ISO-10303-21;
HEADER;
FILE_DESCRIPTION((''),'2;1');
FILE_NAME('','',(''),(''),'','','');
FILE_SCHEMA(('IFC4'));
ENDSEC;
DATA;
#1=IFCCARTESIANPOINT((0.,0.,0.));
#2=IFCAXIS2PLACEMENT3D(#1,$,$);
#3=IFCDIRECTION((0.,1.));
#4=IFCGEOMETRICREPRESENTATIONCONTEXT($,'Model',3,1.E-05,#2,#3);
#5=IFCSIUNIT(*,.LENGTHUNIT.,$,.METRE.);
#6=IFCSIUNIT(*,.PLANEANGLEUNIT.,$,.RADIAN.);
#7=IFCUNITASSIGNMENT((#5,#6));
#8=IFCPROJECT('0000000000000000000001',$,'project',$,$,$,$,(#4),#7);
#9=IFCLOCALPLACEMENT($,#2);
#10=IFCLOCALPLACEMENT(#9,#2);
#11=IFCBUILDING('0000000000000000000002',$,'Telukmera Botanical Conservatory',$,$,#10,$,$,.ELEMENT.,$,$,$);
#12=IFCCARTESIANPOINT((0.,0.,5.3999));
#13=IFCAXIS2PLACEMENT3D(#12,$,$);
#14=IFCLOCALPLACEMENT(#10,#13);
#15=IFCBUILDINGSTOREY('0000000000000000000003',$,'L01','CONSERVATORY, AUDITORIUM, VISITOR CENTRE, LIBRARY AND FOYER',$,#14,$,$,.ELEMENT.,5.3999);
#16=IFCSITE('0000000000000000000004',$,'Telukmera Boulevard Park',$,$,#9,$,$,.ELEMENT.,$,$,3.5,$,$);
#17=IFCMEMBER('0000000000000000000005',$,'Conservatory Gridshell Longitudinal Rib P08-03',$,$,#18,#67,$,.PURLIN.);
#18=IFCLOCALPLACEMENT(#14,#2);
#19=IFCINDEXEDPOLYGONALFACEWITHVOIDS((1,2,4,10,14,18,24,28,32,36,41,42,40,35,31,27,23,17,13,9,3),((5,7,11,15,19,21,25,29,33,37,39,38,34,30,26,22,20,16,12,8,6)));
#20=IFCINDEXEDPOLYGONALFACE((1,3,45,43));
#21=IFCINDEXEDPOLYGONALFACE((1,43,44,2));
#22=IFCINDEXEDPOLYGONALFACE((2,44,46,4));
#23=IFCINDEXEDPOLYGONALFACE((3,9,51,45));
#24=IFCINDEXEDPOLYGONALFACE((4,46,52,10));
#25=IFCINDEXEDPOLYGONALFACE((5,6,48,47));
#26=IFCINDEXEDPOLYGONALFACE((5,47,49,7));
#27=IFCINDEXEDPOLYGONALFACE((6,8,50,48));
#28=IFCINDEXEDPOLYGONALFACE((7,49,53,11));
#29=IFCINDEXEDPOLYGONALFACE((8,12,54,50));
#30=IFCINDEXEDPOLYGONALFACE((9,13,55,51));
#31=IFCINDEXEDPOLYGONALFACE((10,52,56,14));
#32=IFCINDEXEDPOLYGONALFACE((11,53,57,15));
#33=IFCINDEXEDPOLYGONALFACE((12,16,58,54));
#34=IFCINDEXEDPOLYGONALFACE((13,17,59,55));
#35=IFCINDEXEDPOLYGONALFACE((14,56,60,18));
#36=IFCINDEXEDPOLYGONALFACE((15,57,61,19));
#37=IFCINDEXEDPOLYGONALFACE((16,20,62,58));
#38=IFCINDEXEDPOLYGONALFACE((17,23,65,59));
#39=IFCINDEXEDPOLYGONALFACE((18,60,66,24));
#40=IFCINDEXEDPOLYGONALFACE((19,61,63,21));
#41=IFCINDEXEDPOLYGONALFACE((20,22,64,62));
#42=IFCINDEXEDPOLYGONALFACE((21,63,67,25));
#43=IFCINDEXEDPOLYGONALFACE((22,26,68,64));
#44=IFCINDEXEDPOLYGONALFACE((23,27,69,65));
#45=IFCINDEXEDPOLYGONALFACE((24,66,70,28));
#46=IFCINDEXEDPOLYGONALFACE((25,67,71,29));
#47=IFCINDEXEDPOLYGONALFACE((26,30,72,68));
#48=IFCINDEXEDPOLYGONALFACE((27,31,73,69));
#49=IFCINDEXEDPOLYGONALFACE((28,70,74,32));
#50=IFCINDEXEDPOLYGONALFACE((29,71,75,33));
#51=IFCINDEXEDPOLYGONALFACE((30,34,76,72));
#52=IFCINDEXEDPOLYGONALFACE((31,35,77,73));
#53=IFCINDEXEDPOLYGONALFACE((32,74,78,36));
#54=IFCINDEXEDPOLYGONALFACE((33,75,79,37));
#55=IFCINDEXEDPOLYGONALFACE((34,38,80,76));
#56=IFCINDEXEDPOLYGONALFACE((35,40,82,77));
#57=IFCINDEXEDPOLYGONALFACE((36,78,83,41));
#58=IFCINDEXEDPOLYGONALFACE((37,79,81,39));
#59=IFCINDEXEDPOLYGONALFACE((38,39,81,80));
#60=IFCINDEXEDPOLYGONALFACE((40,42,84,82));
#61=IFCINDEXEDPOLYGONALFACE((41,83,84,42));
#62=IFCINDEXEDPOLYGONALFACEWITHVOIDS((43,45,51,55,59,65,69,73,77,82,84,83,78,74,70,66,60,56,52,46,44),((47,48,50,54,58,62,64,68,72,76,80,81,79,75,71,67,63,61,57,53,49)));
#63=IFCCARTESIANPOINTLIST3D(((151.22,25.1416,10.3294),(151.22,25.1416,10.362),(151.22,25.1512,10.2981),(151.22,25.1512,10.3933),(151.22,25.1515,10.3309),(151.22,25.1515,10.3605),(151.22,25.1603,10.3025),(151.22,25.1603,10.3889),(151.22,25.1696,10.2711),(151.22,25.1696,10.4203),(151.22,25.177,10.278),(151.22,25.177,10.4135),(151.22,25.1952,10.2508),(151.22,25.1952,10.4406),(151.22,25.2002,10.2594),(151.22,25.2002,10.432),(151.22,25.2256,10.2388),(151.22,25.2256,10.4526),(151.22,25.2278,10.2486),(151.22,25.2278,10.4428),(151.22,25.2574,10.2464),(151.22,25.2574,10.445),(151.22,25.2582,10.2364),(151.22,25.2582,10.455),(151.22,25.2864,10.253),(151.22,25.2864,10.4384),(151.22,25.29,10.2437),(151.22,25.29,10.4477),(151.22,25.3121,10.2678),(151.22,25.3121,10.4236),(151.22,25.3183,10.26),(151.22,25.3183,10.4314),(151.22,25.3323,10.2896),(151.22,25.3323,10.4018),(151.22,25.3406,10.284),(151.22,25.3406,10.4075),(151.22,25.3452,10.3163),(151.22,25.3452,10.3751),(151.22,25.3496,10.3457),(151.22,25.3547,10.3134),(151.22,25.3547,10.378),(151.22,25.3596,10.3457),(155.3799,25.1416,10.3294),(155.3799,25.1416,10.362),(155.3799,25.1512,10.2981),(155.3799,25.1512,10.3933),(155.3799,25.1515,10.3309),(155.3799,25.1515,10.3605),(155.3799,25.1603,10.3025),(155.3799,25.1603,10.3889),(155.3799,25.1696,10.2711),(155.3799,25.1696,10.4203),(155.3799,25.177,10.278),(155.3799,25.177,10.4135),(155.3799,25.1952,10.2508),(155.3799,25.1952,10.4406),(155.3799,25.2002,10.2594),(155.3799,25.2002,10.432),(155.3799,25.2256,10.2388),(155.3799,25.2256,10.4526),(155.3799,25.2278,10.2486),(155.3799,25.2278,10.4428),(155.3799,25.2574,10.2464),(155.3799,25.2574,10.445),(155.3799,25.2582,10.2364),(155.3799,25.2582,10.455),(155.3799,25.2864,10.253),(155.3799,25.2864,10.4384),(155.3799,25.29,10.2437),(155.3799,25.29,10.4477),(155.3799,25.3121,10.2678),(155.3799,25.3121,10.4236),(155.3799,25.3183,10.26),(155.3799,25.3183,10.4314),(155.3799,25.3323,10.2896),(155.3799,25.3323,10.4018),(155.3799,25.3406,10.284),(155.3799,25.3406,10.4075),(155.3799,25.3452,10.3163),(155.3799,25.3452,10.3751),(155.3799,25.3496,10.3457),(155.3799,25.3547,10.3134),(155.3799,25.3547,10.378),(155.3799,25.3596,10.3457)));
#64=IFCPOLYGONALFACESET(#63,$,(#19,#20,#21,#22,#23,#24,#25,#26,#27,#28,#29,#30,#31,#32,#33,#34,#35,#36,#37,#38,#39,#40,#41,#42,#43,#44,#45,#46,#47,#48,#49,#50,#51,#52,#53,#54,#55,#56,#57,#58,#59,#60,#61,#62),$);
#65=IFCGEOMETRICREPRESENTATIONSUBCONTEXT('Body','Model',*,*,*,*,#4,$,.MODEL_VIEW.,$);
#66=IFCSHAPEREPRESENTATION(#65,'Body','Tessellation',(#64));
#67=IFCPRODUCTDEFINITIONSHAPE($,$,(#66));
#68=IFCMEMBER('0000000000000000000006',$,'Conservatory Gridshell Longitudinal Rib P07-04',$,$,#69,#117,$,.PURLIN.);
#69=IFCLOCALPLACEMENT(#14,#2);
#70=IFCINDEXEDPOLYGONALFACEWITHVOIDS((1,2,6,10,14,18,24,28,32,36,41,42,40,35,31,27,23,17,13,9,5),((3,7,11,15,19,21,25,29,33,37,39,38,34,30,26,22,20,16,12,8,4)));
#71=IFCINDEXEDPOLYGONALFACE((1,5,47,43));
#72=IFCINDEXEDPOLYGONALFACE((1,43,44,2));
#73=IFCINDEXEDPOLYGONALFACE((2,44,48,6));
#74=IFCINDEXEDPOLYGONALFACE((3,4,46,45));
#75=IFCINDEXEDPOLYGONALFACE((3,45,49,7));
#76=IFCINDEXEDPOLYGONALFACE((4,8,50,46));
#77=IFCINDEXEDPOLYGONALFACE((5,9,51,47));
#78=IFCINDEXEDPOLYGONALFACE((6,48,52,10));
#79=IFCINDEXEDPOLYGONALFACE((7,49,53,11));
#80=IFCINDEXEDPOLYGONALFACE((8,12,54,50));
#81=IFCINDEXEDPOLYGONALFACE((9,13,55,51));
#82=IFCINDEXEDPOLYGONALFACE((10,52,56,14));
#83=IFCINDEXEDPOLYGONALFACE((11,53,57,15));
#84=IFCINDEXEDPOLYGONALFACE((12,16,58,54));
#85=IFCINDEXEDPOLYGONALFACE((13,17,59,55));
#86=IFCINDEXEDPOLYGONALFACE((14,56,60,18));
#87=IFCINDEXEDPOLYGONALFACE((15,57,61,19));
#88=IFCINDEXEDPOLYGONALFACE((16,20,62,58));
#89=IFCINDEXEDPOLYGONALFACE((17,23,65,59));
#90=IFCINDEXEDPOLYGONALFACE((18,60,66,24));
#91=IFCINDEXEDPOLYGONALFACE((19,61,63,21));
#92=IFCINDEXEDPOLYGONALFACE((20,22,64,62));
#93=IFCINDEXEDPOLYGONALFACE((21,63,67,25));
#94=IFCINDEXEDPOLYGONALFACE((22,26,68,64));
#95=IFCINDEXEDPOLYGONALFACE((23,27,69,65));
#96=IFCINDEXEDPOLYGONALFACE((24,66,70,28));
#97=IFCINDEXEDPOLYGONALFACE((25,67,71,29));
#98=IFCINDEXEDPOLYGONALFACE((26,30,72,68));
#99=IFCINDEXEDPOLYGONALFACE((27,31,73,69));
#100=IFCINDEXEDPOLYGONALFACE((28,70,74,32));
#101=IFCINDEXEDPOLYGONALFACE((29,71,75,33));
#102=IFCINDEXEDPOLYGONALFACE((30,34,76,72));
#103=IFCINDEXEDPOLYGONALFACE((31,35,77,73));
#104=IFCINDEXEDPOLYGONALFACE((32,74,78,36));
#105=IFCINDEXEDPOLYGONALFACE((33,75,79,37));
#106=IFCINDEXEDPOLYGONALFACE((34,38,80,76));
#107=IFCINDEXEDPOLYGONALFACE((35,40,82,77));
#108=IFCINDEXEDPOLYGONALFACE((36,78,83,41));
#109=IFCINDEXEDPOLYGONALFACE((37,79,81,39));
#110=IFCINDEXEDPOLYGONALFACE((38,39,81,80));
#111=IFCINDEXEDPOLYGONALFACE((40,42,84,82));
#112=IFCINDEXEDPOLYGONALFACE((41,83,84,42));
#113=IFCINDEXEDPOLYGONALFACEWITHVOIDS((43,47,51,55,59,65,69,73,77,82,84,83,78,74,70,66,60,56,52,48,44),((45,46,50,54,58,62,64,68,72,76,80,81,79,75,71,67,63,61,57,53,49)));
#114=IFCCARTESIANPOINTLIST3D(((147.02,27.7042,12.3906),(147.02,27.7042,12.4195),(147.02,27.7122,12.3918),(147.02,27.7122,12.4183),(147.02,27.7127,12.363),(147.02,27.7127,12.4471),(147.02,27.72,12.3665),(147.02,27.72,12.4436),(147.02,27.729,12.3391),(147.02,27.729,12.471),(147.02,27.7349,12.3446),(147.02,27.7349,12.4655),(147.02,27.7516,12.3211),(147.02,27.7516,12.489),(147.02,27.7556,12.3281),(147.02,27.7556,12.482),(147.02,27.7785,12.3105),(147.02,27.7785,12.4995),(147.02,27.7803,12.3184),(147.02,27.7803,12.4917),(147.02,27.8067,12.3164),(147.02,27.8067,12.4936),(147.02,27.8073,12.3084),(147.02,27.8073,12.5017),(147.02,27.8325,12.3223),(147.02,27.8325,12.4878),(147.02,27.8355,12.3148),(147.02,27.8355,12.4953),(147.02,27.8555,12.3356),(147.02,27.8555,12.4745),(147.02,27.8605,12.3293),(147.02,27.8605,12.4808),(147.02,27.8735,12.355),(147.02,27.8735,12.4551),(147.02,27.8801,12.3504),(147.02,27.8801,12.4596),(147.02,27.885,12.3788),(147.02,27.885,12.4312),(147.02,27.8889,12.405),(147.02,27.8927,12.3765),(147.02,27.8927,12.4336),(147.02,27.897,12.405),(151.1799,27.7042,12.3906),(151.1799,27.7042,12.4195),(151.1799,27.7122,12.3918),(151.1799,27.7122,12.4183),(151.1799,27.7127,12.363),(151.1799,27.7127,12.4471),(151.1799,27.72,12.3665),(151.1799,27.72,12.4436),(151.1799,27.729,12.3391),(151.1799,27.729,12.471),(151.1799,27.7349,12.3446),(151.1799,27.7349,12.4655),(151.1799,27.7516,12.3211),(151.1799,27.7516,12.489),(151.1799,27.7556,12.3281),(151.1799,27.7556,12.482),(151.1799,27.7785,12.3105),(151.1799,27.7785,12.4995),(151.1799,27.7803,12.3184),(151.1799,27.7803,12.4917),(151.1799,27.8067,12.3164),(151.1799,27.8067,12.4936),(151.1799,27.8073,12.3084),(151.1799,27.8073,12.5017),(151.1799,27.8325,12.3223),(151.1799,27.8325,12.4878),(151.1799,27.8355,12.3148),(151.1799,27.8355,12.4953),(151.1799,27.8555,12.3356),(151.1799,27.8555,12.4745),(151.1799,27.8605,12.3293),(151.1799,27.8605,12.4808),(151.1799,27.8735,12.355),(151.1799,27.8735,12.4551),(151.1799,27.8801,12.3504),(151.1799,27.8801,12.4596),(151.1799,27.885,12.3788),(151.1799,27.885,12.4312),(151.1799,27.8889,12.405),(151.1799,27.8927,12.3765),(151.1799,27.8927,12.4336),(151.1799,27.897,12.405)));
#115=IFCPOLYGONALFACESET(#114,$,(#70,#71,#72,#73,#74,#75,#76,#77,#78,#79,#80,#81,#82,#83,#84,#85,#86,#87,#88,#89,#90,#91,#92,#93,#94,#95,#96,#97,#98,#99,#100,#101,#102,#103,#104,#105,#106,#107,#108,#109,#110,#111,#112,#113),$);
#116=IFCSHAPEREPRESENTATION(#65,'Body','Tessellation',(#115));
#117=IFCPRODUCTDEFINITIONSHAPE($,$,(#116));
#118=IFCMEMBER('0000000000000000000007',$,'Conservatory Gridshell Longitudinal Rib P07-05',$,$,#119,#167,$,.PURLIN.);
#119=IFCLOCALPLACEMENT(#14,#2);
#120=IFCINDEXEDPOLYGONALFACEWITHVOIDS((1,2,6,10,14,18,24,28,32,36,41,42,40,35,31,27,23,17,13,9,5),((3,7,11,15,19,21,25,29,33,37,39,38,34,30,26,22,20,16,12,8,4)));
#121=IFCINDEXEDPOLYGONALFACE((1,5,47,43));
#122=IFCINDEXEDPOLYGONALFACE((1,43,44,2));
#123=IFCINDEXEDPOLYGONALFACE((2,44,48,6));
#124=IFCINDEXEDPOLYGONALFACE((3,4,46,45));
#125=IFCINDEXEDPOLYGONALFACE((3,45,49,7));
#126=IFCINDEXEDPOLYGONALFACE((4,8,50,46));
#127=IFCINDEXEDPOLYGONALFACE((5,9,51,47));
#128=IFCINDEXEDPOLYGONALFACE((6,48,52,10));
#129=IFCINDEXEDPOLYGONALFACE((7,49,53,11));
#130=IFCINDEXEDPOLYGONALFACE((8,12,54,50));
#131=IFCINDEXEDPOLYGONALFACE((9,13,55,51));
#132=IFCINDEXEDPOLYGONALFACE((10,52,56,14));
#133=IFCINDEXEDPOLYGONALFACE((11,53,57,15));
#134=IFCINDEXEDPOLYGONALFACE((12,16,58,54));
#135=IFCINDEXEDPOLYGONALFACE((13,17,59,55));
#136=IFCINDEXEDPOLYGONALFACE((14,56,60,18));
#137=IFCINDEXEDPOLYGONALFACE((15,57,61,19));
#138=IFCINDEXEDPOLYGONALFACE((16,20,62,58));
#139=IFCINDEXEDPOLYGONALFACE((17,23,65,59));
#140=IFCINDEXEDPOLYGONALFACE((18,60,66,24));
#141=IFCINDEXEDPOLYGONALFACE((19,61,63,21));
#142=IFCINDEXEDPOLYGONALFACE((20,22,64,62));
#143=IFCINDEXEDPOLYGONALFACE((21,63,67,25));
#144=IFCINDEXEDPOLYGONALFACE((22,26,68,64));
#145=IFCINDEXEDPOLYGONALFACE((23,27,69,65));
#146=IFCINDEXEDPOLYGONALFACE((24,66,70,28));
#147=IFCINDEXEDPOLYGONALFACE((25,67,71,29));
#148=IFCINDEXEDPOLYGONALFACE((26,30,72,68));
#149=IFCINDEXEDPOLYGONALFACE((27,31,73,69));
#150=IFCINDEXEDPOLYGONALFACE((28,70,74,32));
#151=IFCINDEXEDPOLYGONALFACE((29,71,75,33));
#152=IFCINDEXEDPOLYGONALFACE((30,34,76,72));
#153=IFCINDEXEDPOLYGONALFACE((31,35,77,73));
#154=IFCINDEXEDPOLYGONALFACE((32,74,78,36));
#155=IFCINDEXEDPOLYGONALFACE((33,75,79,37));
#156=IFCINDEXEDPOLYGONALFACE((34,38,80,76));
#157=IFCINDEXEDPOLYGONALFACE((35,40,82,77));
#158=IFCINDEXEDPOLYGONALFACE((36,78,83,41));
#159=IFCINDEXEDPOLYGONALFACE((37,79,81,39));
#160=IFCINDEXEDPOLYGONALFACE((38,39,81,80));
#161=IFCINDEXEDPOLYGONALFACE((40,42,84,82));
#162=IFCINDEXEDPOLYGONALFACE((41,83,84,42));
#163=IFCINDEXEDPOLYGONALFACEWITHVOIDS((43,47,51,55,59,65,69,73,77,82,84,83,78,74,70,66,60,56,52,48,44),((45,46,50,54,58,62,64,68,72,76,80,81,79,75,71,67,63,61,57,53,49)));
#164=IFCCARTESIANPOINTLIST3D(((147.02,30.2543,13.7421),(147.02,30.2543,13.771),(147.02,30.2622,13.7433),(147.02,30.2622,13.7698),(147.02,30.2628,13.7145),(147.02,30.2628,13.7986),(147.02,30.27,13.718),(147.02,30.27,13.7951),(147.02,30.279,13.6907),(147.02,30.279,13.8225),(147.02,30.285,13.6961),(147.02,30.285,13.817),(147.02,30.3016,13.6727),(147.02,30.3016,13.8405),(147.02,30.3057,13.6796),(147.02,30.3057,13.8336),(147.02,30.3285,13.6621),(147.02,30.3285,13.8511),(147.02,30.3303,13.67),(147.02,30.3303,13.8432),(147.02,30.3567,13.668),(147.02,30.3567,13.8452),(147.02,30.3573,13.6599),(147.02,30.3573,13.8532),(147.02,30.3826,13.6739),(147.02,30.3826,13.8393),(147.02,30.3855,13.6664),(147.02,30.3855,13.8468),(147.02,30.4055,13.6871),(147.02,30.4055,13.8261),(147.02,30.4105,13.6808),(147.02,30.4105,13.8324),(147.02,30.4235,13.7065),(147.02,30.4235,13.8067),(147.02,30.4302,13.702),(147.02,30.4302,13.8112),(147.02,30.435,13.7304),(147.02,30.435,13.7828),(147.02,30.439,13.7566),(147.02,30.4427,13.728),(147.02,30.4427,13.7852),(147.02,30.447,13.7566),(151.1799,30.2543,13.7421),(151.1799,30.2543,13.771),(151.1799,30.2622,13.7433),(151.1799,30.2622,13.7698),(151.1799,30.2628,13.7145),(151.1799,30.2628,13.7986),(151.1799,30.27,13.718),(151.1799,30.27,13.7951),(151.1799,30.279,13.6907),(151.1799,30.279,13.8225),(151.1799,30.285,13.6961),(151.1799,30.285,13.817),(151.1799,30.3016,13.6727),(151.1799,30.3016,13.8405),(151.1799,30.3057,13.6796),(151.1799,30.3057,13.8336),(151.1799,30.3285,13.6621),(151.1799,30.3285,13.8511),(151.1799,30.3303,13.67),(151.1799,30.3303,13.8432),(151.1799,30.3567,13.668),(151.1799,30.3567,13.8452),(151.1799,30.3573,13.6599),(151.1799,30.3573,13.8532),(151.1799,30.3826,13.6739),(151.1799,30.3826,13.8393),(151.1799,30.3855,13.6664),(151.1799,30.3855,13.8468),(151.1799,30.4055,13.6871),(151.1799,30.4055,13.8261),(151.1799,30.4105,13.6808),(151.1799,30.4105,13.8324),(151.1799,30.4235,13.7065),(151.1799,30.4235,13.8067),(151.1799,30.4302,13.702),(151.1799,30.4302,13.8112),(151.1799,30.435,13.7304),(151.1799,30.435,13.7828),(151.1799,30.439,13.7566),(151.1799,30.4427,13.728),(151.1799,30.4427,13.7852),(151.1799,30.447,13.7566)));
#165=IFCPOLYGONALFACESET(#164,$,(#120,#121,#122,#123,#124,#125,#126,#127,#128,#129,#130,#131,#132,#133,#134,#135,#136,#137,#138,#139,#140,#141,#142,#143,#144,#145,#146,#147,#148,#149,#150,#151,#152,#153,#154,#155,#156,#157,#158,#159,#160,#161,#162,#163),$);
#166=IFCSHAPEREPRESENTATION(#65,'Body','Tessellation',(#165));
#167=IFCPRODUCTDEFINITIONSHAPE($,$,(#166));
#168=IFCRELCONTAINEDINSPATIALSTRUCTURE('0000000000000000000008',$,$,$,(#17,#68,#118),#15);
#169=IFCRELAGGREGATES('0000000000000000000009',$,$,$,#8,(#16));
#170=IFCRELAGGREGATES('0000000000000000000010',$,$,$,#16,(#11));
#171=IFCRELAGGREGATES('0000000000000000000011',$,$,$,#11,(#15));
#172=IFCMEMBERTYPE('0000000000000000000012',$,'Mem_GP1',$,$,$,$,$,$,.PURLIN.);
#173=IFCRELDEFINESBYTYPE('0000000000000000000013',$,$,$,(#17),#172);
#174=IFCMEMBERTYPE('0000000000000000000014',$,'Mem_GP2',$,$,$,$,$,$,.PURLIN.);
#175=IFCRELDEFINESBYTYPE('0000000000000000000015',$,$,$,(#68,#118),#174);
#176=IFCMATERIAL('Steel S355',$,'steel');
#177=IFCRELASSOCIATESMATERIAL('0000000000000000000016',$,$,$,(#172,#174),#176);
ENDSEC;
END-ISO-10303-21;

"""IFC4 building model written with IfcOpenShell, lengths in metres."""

from ifc_helpers import new_model, si_unit, direction, frame, origin, origin_2d, place, context, subcontext, project, spatial, hollow_circle, extrude, material, material_profile, profile_set, type_object, element, save


model = new_model("IFC4")

# Units and contexts
model_context = context("Model", 3, precision=1e-05, world=origin(), true_north=direction((0.0, 1.0)))
body_context = subcontext(model_context, "Body", "Model", "MODEL_VIEW")
ifc_project = project(units=[si_unit("LENGTHUNIT", "METRE"), si_unit("PLANEANGLEUNIT", "RADIAN")], contexts=[model_context])

# Site, building, storey
site_placement = place(None, origin())
site = spatial("IfcSite", under=ifc_project, at=site_placement, Name="Telukmera Boulevard Park", CompositionType="ELEMENT", RefElevation=3.5)
building_placement = place(site_placement, origin())
building = spatial("IfcBuilding", under=site, at=building_placement, Name="Telukmera Botanical Conservatory", CompositionType="ELEMENT")
storey_placement = place(building_placement, frame((0.0, 0.0, 5.3999)))
storey = spatial("IfcBuildingStorey", under=building, at=storey_placement, Name="L01", Description="CONSERVATORY, AUDITORIUM, VISITOR CENTRE, LIBRARY AND FOYER", CompositionType="ELEMENT", Elevation=5.3999)

# Shared definitions
ifc_material = material(Name="Steel S355", Category="steel")

# Members
ifc_material_profile_1 = material_profile(ifc_material, hollow_circle(Radius=0.1096, WallThickness=0.01, at=origin_2d()), Name="CHS 219.1x10.0")
ifc_profile_set_1 = profile_set([ifc_material_profile_1], Name="Steel S355")
member_type_1 = type_object("IfcMemberType", Name="Mem_GP1", PredefinedType="PURLIN", material=ifc_profile_set_1)
for number, where, z_axis, x_axis, name in (
    (1, (151.22, 25.25, 10.3457), (1.0, 0.0, 0.0), (0.0, 1.0, 0.0), "Conservatory Gridshell Longitudinal Rib P08-03"),
):
    element("IfcMember", number, at=place(storey_placement, frame(where, z_axis=z_axis, x_axis=x_axis)), inside=storey, type_object=member_type_1, Name=name, PredefinedType="PURLIN", context=body_context, shape_type="SweptSolid", body=[
        extrude(hollow_circle(Radius=0.1096, WallThickness=0.01, at=origin_2d()), origin(), (0.0, 0.0, 1.0), 4.1599),
    ])
ifc_material_profile_2 = material_profile(ifc_material, hollow_circle(Radius=0.0969, WallThickness=0.0081, at=origin_2d()), Name="CHS 193.7x8.0")
ifc_profile_set_2 = profile_set([ifc_material_profile_2], Name="Steel S355")
member_type_2 = type_object("IfcMemberType", Name="Mem_GP2", PredefinedType="PURLIN", material=ifc_profile_set_2)
for number, where, z_axis, x_axis, name in (
    (2, (147.02, 27.8, 12.405), (1.0, 0.0, 0.0), (0.0, 1.0, 0.0), "Conservatory Gridshell Longitudinal Rib P07-04"),
    (3, (147.02, 30.3501, 13.7566), (1.0, 0.0, 0.0), (0.0, 1.0, 0.0), "Conservatory Gridshell Longitudinal Rib P07-05"),
):
    element("IfcMember", number, at=place(storey_placement, frame(where, z_axis=z_axis, x_axis=x_axis)), inside=storey, type_object=member_type_2, Name=name, PredefinedType="PURLIN", context=body_context, shape_type="SweptSolid", body=[
        extrude(hollow_circle(Radius=0.0969, WallThickness=0.0081, at=origin_2d()), origin(), (0.0, 0.0, 1.0), 4.1599),
    ])

save(model, "model.ifc")
